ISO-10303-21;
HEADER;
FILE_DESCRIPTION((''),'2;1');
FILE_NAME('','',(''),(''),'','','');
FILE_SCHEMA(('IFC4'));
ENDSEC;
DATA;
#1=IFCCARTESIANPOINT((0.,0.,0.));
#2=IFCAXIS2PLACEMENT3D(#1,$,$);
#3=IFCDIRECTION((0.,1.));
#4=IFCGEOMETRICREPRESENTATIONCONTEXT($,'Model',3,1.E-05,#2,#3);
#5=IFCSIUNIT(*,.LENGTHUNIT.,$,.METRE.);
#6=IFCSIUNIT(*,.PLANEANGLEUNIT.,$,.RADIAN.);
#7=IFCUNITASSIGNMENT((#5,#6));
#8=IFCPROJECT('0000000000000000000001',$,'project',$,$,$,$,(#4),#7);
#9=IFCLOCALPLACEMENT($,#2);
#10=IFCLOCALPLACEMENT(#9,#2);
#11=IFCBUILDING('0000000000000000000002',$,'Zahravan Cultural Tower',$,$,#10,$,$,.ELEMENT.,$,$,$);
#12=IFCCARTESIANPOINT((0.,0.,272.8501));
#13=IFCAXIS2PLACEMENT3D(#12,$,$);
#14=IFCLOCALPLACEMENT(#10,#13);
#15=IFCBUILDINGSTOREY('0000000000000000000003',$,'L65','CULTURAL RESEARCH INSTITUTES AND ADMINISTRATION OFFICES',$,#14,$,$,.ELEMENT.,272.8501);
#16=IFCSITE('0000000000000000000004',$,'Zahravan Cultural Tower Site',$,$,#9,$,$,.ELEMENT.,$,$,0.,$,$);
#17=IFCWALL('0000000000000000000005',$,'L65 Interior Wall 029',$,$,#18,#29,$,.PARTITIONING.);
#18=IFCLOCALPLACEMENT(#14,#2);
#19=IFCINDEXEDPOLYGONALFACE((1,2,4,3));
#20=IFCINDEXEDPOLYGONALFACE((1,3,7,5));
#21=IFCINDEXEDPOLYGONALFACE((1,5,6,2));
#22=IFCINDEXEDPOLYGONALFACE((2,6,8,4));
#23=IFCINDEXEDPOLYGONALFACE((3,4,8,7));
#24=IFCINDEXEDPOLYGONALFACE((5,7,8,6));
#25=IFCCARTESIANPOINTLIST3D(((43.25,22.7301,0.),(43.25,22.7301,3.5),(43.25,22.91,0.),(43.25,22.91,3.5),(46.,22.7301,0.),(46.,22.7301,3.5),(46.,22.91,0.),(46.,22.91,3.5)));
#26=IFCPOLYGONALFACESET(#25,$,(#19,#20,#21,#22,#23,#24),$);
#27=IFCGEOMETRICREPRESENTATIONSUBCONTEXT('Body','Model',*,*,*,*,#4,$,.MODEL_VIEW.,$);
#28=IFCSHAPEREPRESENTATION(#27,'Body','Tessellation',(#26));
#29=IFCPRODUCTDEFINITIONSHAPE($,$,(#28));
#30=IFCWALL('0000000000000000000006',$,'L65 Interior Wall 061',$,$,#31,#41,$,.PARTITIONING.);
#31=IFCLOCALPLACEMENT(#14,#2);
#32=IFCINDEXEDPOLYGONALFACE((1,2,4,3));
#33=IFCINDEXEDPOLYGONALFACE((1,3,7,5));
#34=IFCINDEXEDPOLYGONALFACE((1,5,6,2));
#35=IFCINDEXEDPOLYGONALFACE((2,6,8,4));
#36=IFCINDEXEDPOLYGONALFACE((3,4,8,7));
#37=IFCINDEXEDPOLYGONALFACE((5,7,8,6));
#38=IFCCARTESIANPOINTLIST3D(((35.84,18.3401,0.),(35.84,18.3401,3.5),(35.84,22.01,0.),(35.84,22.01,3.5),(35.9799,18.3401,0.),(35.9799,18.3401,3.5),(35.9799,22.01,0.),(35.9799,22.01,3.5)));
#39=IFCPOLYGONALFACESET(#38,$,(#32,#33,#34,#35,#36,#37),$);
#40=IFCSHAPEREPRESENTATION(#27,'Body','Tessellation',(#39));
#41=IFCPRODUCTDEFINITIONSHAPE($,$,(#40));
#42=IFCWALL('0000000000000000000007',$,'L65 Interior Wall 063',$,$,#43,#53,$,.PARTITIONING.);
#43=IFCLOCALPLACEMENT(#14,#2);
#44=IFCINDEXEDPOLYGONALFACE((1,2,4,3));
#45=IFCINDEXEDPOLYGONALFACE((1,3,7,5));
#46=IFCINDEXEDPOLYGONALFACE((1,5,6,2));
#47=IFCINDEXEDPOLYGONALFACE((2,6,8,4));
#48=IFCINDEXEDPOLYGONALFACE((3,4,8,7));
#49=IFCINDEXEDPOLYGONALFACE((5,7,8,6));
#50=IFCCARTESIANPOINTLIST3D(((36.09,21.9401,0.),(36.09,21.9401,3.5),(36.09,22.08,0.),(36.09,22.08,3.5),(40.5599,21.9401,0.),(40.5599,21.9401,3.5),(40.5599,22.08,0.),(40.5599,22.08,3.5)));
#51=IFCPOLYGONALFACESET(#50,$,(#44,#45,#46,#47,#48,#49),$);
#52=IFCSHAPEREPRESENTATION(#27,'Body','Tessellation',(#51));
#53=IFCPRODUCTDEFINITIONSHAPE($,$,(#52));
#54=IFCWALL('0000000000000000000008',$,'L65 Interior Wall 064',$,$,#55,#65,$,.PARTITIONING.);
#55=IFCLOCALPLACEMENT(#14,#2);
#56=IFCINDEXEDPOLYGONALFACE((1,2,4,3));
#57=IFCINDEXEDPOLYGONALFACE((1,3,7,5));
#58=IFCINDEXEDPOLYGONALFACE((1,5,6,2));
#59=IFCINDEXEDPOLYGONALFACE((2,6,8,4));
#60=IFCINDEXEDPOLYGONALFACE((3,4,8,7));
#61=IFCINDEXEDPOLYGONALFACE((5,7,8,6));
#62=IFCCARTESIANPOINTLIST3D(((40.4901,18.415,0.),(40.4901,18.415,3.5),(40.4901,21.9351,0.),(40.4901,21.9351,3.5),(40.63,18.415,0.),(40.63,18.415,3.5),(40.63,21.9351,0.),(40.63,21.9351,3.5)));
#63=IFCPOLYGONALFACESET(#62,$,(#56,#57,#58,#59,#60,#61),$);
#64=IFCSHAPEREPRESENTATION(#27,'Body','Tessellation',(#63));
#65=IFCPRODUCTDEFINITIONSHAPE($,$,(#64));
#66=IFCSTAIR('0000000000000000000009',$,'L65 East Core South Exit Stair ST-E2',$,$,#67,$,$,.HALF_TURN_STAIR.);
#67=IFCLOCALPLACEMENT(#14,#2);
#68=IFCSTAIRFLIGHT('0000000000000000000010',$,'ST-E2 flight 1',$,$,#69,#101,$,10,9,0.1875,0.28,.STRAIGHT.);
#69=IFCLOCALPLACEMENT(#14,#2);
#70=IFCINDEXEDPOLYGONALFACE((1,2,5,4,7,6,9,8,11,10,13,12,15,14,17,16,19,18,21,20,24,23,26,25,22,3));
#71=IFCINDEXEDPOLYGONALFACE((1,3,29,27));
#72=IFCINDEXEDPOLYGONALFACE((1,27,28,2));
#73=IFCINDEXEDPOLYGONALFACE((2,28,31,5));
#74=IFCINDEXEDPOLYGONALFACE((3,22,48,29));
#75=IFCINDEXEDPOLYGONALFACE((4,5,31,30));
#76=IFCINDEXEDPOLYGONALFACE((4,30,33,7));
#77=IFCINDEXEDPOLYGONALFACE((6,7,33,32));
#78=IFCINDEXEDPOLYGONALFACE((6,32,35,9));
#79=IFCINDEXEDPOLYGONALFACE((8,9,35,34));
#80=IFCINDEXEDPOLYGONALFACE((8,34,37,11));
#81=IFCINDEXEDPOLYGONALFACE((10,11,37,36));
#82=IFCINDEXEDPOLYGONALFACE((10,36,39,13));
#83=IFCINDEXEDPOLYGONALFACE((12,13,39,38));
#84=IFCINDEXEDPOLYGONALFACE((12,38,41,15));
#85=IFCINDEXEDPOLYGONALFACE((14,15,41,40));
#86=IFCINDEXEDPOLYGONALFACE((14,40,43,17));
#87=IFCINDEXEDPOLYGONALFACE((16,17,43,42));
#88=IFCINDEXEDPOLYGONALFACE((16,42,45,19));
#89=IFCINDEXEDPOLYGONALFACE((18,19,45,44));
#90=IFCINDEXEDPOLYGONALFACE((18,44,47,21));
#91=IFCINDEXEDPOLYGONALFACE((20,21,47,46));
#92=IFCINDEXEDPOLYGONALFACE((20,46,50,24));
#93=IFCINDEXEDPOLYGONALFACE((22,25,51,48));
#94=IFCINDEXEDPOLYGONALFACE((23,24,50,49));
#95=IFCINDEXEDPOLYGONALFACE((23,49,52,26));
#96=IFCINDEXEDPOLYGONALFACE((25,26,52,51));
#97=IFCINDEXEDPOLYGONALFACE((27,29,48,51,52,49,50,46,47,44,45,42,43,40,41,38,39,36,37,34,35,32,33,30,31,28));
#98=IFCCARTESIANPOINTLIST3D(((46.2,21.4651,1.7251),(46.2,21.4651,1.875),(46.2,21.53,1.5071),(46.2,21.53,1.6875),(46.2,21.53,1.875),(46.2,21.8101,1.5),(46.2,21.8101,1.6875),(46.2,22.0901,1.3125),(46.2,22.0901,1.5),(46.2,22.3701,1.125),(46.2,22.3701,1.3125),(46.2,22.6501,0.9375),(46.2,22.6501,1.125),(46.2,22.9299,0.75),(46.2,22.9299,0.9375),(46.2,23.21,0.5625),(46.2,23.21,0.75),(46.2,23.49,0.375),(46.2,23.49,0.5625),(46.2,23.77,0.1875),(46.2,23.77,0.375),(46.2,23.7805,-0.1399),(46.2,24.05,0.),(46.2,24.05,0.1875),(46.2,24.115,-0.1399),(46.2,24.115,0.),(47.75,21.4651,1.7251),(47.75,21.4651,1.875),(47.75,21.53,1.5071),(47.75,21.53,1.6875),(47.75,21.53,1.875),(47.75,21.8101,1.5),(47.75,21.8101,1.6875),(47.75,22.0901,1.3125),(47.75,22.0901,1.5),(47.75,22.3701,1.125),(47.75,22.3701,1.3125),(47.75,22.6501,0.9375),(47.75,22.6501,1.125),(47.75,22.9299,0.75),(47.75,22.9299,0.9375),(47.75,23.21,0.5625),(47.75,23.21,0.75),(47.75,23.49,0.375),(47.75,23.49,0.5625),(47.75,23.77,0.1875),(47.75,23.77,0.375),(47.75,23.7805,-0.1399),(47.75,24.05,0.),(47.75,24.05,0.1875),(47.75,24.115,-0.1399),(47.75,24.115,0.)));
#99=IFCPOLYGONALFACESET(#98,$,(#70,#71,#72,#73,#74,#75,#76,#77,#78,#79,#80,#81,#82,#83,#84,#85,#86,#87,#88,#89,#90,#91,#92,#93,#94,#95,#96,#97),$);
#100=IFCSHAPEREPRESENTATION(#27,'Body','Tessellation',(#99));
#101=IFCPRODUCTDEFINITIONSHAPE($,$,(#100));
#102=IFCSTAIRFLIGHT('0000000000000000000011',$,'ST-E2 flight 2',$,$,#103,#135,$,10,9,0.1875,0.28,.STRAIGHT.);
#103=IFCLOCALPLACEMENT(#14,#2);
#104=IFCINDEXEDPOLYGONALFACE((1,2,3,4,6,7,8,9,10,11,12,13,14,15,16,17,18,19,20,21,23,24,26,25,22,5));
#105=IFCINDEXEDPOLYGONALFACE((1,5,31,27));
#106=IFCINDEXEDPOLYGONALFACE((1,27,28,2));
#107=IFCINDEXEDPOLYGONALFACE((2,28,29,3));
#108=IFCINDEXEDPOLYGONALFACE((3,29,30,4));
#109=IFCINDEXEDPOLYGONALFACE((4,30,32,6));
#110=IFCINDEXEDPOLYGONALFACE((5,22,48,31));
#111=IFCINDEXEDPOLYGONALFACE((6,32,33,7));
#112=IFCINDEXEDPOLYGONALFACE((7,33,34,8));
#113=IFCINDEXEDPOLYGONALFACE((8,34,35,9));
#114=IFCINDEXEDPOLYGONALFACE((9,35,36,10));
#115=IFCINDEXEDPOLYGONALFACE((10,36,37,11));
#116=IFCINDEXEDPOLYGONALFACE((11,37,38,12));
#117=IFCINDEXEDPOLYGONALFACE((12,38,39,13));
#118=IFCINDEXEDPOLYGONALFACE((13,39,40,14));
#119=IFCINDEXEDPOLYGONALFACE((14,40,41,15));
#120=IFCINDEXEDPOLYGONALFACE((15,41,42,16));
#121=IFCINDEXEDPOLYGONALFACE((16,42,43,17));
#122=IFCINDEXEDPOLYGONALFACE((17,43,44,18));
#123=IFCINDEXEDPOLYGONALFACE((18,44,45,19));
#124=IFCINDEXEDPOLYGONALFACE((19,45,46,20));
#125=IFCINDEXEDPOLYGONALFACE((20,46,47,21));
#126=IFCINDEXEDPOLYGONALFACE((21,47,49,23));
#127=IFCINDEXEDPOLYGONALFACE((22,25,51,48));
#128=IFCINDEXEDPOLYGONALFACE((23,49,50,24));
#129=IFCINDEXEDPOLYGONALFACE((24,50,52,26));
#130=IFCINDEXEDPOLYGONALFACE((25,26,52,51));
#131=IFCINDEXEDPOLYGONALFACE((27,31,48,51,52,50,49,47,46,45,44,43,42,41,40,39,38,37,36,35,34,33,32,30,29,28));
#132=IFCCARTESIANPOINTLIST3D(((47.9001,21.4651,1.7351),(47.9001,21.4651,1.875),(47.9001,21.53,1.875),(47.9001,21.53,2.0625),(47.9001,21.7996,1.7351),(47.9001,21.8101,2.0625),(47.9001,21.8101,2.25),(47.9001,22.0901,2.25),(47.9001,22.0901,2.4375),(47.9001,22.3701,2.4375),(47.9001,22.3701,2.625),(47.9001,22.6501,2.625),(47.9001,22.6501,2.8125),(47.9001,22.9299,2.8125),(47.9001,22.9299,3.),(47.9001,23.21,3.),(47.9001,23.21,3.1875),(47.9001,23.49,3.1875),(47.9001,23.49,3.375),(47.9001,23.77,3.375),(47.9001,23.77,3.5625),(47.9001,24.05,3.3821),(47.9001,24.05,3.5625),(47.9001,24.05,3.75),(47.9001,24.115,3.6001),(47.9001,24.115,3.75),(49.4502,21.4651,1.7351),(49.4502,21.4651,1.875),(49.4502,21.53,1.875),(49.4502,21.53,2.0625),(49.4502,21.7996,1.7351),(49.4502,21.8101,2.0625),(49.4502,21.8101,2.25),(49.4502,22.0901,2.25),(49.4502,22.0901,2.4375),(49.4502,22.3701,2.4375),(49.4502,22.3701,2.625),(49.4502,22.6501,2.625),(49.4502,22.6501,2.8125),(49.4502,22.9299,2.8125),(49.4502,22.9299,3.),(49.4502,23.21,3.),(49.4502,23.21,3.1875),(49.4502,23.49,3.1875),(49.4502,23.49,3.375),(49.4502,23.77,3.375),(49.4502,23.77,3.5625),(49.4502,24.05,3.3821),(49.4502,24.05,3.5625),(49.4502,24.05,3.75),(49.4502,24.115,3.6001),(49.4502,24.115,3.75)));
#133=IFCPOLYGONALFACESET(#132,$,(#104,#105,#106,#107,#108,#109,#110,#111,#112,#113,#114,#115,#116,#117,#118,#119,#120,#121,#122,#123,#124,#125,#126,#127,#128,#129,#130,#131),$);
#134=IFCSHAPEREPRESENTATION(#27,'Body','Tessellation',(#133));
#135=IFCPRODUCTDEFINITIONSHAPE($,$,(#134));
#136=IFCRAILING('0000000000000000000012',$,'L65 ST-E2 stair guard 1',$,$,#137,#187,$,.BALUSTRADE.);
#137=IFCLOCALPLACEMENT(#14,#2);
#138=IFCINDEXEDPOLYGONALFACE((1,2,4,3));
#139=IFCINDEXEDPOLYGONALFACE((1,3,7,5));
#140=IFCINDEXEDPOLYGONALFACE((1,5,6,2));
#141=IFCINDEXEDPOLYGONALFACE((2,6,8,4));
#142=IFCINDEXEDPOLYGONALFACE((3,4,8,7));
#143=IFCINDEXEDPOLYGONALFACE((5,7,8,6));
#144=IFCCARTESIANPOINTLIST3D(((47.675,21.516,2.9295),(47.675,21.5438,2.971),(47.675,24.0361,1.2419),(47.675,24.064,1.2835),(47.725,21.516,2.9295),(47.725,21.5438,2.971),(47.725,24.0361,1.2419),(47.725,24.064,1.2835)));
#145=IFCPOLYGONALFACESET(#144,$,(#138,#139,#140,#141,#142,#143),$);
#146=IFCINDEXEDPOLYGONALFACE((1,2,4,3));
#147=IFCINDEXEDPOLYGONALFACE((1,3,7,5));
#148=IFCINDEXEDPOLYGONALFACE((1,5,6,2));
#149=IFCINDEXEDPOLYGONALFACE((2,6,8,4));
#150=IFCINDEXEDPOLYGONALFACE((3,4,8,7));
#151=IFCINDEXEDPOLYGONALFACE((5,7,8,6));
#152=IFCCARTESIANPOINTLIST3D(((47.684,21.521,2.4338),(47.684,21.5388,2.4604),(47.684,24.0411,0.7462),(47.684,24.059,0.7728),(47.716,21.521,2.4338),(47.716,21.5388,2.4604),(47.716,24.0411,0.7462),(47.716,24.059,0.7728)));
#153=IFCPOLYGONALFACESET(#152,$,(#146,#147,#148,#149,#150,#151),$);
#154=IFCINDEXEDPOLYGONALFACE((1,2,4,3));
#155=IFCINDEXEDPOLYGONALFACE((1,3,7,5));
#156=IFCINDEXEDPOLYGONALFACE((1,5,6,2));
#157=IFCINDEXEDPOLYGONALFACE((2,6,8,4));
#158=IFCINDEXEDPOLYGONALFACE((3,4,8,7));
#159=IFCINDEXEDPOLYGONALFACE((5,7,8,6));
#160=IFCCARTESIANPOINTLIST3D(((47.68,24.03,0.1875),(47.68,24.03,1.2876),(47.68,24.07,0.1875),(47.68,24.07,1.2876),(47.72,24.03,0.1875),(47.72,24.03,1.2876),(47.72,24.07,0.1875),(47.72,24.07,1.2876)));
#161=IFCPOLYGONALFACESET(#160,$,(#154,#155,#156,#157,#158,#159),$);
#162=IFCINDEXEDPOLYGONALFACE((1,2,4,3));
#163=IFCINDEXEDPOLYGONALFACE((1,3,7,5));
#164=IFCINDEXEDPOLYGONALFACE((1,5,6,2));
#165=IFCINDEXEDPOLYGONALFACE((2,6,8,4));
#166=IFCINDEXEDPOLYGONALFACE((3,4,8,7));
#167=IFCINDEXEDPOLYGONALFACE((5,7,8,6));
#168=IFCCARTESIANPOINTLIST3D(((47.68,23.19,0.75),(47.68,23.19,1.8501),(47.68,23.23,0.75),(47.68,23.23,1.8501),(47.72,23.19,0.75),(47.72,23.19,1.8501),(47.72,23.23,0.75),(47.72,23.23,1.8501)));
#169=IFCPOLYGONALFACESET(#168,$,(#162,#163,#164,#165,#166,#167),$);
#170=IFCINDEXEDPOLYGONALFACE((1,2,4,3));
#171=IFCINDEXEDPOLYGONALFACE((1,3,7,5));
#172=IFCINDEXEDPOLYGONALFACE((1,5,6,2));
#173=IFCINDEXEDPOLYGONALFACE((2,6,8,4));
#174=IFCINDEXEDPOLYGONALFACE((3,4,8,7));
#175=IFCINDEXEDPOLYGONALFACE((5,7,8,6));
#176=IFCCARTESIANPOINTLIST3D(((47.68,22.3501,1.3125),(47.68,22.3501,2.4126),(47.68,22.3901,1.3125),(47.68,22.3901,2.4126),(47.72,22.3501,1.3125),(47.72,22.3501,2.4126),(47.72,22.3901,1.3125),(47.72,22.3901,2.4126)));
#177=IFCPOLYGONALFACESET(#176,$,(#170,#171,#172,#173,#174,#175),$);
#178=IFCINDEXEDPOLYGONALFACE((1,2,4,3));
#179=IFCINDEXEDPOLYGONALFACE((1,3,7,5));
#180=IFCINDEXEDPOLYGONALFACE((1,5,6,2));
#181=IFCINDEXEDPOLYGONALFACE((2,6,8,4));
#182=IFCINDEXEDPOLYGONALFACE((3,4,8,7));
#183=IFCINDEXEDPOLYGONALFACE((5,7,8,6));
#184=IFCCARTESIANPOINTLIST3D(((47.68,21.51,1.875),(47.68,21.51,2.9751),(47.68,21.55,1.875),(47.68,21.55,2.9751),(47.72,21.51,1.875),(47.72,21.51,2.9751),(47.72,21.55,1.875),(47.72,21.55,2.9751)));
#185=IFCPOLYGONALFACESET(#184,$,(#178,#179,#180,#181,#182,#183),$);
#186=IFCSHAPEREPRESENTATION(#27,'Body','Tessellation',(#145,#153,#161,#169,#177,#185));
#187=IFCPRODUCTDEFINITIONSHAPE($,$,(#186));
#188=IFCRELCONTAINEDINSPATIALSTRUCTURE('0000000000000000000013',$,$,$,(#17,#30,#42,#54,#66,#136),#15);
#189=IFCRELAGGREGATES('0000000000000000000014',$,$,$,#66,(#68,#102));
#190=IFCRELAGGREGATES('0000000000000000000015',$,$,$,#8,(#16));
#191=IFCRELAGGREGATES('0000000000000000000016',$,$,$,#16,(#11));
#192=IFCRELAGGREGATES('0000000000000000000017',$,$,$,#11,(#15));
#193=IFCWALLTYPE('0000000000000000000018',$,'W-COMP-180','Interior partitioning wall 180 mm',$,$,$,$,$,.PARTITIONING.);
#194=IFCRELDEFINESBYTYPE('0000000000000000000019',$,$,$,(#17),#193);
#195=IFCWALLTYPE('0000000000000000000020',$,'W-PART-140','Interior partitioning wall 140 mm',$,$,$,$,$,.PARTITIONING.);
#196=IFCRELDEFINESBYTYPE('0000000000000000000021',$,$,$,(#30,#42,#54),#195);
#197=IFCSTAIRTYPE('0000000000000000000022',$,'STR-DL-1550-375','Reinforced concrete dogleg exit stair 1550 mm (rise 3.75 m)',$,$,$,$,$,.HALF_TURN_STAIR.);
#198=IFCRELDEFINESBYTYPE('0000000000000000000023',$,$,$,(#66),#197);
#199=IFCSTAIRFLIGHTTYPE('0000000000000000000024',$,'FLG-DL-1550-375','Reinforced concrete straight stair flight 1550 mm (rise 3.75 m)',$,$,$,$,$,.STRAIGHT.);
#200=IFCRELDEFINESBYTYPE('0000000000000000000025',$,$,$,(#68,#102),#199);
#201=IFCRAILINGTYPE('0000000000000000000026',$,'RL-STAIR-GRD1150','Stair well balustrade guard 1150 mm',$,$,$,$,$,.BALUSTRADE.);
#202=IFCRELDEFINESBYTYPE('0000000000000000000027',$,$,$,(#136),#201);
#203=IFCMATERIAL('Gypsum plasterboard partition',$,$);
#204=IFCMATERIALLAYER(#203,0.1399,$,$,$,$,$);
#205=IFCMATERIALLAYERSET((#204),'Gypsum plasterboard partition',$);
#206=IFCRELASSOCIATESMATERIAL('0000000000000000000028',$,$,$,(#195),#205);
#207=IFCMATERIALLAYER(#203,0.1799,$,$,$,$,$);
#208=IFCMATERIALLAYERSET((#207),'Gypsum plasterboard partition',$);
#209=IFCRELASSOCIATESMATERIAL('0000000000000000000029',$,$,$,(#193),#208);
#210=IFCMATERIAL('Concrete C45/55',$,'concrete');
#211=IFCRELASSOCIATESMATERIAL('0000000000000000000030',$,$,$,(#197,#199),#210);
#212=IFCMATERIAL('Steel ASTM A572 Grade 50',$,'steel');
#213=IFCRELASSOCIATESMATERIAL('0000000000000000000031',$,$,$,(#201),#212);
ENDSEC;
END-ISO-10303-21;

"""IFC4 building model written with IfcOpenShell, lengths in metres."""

from ifc_helpers import new_model, si_unit, direction, frame, frame_2d, origin, origin_2d, place, context, subcontext, project, spatial, polyline, rectangle, outline, extrude, source, transform, mapped, material, layer, layer_set, type_object, element, aggregate, save


model = new_model("IFC4")

# Units and contexts
model_context = context("Model", 3, precision=1e-05, world=origin(), true_north=direction((0.0, 1.0)))
body_context = subcontext(model_context, "Body", "Model", "MODEL_VIEW")
ifc_project = project(units=[si_unit("LENGTHUNIT", "METRE"), si_unit("PLANEANGLEUNIT", "RADIAN")], contexts=[model_context])

# Site, building, storey
site_placement = place(None, origin())
site = spatial("IfcSite", under=ifc_project, at=site_placement, Name="Zahravan Cultural Tower Site", CompositionType="ELEMENT", RefElevation=0.0)
building_placement = place(site_placement, origin())
building = spatial("IfcBuilding", under=site, at=building_placement, Name="Zahravan Cultural Tower", CompositionType="ELEMENT")
storey_placement = place(building_placement, frame((0.0, 0.0, 272.8501)))
storey = spatial("IfcBuildingStorey", under=building, at=storey_placement, Name="L65", Description="CULTURAL RESEARCH INSTITUTES AND ADMINISTRATION OFFICES", CompositionType="ELEMENT", Elevation=272.8501)

# Shared definitions
ifc_material_1 = material(Name="Gypsum plasterboard partition")
ifc_layer_1 = layer(ifc_material_1, 0.1399)
ifc_layer_set_1 = layer_set([ifc_layer_1], Name="Gypsum plasterboard partition")
wall_type_1 = type_object("IfcWallType", Name="W-PART-140", Description="Interior partitioning wall 140 mm", PredefinedType="PARTITIONING", material=ifc_layer_set_1)
ifc_material_2 = material(Name="Concrete C45/55", Category="concrete")
ifc_material_3 = material(Name="Steel ASTM A572 Grade 50", Category="steel")

# Walls
ifc_layer_2 = layer(ifc_material_1, 0.1799)
ifc_layer_set_2 = layer_set([ifc_layer_2], Name="Gypsum plasterboard partition")
wall_type_2 = type_object("IfcWallType", Name="W-COMP-180", Description="Interior partitioning wall 180 mm", PredefinedType="PARTITIONING", material=ifc_layer_set_2)
shared_shape_1 = source(origin(), body_context, "Body", "SweptSolid", [
    extrude(rectangle(XDim=2.75, YDim=0.1799, at=frame_2d((1.375, 0.0))), origin(), (0.0, 0.0, 1.0), 3.5),
])
wall_1_placement = place(storey_placement, frame((43.25, 22.8201, 0.0), z_axis=(0.0, 0.0, 1.0), x_axis=(1.0, 0.0, 0.0)))
element("IfcWall", 1, at=wall_1_placement, inside=storey, type_object=wall_type_2, Name="L65 Interior Wall 029", PredefinedType="PARTITIONING", context=body_context, shape_type="MappedRepresentation", body=[
    mapped(shared_shape_1, transform((0.0, 0.0, 0.0), x_axis=(1.0, 0.0, 0.0), y_axis=(0.0, 1.0, 0.0), z_axis=(0.0, 0.0, 1.0), scale=1.0)),
])
shared_shape_2 = source(origin(), body_context, "Body", "SweptSolid", [
    extrude(rectangle(XDim=3.6699, YDim=0.1399, at=frame_2d((1.835, 0.0))), origin(), (0.0, 0.0, 1.0), 3.5),
])
wall_2_placement = place(storey_placement, frame((35.9099, 22.01, 0.0), z_axis=(0.0, 0.0, 1.0), x_axis=(0.0, -1.0, 0.0)))
element("IfcWall", 2, at=wall_2_placement, inside=storey, type_object=wall_type_1, Name="L65 Interior Wall 061", PredefinedType="PARTITIONING", context=body_context, shape_type="MappedRepresentation", body=[
    mapped(shared_shape_2, transform((0.0, 0.0, 0.0), x_axis=(1.0, 0.0, 0.0), y_axis=(0.0, 1.0, 0.0), z_axis=(0.0, 0.0, 1.0), scale=1.0)),
])
shared_shape_3 = source(origin(), body_context, "Body", "SweptSolid", [
    extrude(rectangle(XDim=4.47, YDim=0.1399, at=frame_2d((2.2349, 0.0))), origin(), (0.0, 0.0, 1.0), 3.5),
])
wall_3_placement = place(storey_placement, frame((36.0901, 22.01, 0.0), z_axis=(0.0, 0.0, 1.0), x_axis=(1.0, 0.0, 0.0)))
element("IfcWall", 3, at=wall_3_placement, inside=storey, type_object=wall_type_1, Name="L65 Interior Wall 063", PredefinedType="PARTITIONING", context=body_context, shape_type="MappedRepresentation", body=[
    mapped(shared_shape_3, transform((0.0, 0.0, 0.0), x_axis=(1.0, 0.0, 0.0), y_axis=(0.0, 1.0, 0.0), z_axis=(0.0, 0.0, 1.0), scale=1.0)),
])
shared_shape_4 = source(origin(), body_context, "Body", "SweptSolid", [
    extrude(rectangle(XDim=3.52, YDim=0.1399, at=frame_2d((1.76, 0.0))), origin(), (0.0, 0.0, 1.0), 3.5),
])
wall_4_placement = place(storey_placement, frame((40.5601, 21.9351, 0.0), z_axis=(0.0, 0.0, 1.0), x_axis=(0.0, -1.0, 0.0)))
element("IfcWall", 4, at=wall_4_placement, inside=storey, type_object=wall_type_1, Name="L65 Interior Wall 064", PredefinedType="PARTITIONING", context=body_context, shape_type="MappedRepresentation", body=[
    mapped(shared_shape_4, transform((0.0, 0.0, 0.0), x_axis=(1.0, 0.0, 0.0), y_axis=(0.0, 1.0, 0.0), z_axis=(0.0, 0.0, 1.0), scale=1.0)),
])

# Stair, stair flights
stair_type = type_object("IfcStairType", Name="STR-DL-1550-375", Description="Reinforced concrete dogleg exit stair 1550 mm (rise 3.75 m)", PredefinedType="HALF_TURN_STAIR", material=ifc_material_2)
stair_placement = place(storey_placement, origin())
stair = element("IfcStair", 5, at=stair_placement, inside=storey, type_object=stair_type, Name="L65 East Core South Exit Stair ST-E2", PredefinedType="HALF_TURN_STAIR")
stair_flight_type = type_object("IfcStairFlightType", Name="FLG-DL-1550-375", Description="Reinforced concrete straight stair flight 1550 mm (rise 3.75 m)", PredefinedType="STRAIGHT", material=ifc_material_2)
stair_flight_1_placement = place(storey_placement, frame((46.9751, 24.05, 0.0), z_axis=(0.0, 0.0, 1.0), x_axis=(0.0, -1.0, 0.0)))
stair_flight_1 = element("IfcStairFlight", 6, at=stair_flight_1_placement, type_object=stair_flight_type, Name="ST-E2 flight 1", NumberOfRisers=10, NumberOfTreads=9, PredefinedType="STRAIGHT", RiserHeight=0.1875, TreadLength=0.28, context=body_context, shape_type="SweptSolid", body=[
    extrude(outline(polyline([(-0.0649, -0.1399), (-0.0649, 0.0), (0.0, 0.0), (0.0, 0.1875), (0.28, 0.1875), (0.28, 0.375), (0.5601, 0.375), (0.5601, 0.5625), (0.8401, 0.5625), (0.8401, 0.75), (1.1201, 0.75), (1.1201, 0.9375), (1.3999, 0.9375), (1.3999, 1.125), (1.6799, 1.125), (1.6799, 1.3125), (1.96, 1.3125), (1.96, 1.5), (2.24, 1.5), (2.24, 1.6875), (2.52, 1.6875), (2.52, 1.875), (2.585, 1.875), (2.585, 1.7251), (2.52, 1.5071), (0.2695, -0.1399), (-0.0649, -0.1399)])), frame((0.0, 0.7749, 0.0), z_axis=(0.0, -1.0, 0.0), x_axis=(1.0, 0.0, 0.0)), (0.0, 0.0, 1.0), 1.55),
])
stair_flight_2_placement = place(storey_placement, frame((48.675, 21.53, 1.875), z_axis=(0.0, 0.0, 1.0), x_axis=(0.0, 1.0, 0.0)))
stair_flight_2 = element("IfcStairFlight", 7, at=stair_flight_2_placement, type_object=stair_flight_type, Name="ST-E2 flight 2", NumberOfRisers=10, NumberOfTreads=9, PredefinedType="STRAIGHT", RiserHeight=0.1875, TreadLength=0.28, context=body_context, shape_type="SweptSolid", body=[
    extrude(outline(polyline([(-0.0649, -0.1399), (-0.0649, 0.0), (0.0, 0.0), (0.0, 0.1875), (0.28, 0.1875), (0.28, 0.375), (0.5601, 0.375), (0.5601, 0.5625), (0.8401, 0.5625), (0.8401, 0.75), (1.1201, 0.75), (1.1201, 0.9375), (1.3999, 0.9375), (1.3999, 1.125), (1.6799, 1.125), (1.6799, 1.3125), (1.96, 1.3125), (1.96, 1.5), (2.24, 1.5), (2.24, 1.6875), (2.52, 1.6875), (2.52, 1.875), (2.585, 1.875), (2.585, 1.7251), (2.52, 1.5071), (0.2695, -0.1399), (-0.0649, -0.1399)])), frame((0.0, 0.7749, 0.0), z_axis=(0.0, -1.0, 0.0), x_axis=(1.0, 0.0, 0.0)), (0.0, 0.0, 1.0), 1.55),
])
aggregate(stair, [stair_flight_1, stair_flight_2])

# Railing
railing_type_1 = type_object("IfcRailingType", Name="RL-STAIR-GRD1150", Description="Stair well balustrade guard 1150 mm", PredefinedType="BALUSTRADE", material=ifc_material_3)
railing_1_placement = place(storey_placement, frame((47.7, 24.05, 0.1875)))
element("IfcRailing", 8, at=railing_1_placement, inside=storey, type_object=railing_type_1, Name="L65 ST-E2 stair guard 1", PredefinedType="BALUSTRADE", context=body_context, shape_type="SweptSolid", body=[
    extrude(rectangle(XDim=0.05, YDim=0.05, at=origin_2d()), frame((0.0, 0.0, 1.0752), z_axis=(0.0, -0.830909, 0.556408), x_axis=(1.0, 0.0, 0.0)), (0.0, 0.0, 1.0), 3.033),
    extrude(rectangle(XDim=0.032, YDim=0.032, at=origin_2d()), frame((0.0, 0.0, 0.572), z_axis=(0.0, -0.830909, 0.556408), x_axis=(1.0, 0.0, 0.0)), (0.0, 0.0, 1.0), 3.033),
    extrude(rectangle(XDim=0.04, YDim=0.04, at=origin_2d()), origin(), (0.0, 0.0, 1.0), 1.1001),
    extrude(rectangle(XDim=0.04, YDim=0.04, at=origin_2d()), frame((0.0, -0.8401, 0.5625)), (0.0, 0.0, 1.0), 1.1001),
    extrude(rectangle(XDim=0.04, YDim=0.04, at=origin_2d()), frame((0.0, -1.6799, 1.125)), (0.0, 0.0, 1.0), 1.1001),
    extrude(rectangle(XDim=0.04, YDim=0.04, at=origin_2d()), frame((0.0, -2.52, 1.6875)), (0.0, 0.0, 1.0), 1.1001),
])

save(model, "model.ifc")
